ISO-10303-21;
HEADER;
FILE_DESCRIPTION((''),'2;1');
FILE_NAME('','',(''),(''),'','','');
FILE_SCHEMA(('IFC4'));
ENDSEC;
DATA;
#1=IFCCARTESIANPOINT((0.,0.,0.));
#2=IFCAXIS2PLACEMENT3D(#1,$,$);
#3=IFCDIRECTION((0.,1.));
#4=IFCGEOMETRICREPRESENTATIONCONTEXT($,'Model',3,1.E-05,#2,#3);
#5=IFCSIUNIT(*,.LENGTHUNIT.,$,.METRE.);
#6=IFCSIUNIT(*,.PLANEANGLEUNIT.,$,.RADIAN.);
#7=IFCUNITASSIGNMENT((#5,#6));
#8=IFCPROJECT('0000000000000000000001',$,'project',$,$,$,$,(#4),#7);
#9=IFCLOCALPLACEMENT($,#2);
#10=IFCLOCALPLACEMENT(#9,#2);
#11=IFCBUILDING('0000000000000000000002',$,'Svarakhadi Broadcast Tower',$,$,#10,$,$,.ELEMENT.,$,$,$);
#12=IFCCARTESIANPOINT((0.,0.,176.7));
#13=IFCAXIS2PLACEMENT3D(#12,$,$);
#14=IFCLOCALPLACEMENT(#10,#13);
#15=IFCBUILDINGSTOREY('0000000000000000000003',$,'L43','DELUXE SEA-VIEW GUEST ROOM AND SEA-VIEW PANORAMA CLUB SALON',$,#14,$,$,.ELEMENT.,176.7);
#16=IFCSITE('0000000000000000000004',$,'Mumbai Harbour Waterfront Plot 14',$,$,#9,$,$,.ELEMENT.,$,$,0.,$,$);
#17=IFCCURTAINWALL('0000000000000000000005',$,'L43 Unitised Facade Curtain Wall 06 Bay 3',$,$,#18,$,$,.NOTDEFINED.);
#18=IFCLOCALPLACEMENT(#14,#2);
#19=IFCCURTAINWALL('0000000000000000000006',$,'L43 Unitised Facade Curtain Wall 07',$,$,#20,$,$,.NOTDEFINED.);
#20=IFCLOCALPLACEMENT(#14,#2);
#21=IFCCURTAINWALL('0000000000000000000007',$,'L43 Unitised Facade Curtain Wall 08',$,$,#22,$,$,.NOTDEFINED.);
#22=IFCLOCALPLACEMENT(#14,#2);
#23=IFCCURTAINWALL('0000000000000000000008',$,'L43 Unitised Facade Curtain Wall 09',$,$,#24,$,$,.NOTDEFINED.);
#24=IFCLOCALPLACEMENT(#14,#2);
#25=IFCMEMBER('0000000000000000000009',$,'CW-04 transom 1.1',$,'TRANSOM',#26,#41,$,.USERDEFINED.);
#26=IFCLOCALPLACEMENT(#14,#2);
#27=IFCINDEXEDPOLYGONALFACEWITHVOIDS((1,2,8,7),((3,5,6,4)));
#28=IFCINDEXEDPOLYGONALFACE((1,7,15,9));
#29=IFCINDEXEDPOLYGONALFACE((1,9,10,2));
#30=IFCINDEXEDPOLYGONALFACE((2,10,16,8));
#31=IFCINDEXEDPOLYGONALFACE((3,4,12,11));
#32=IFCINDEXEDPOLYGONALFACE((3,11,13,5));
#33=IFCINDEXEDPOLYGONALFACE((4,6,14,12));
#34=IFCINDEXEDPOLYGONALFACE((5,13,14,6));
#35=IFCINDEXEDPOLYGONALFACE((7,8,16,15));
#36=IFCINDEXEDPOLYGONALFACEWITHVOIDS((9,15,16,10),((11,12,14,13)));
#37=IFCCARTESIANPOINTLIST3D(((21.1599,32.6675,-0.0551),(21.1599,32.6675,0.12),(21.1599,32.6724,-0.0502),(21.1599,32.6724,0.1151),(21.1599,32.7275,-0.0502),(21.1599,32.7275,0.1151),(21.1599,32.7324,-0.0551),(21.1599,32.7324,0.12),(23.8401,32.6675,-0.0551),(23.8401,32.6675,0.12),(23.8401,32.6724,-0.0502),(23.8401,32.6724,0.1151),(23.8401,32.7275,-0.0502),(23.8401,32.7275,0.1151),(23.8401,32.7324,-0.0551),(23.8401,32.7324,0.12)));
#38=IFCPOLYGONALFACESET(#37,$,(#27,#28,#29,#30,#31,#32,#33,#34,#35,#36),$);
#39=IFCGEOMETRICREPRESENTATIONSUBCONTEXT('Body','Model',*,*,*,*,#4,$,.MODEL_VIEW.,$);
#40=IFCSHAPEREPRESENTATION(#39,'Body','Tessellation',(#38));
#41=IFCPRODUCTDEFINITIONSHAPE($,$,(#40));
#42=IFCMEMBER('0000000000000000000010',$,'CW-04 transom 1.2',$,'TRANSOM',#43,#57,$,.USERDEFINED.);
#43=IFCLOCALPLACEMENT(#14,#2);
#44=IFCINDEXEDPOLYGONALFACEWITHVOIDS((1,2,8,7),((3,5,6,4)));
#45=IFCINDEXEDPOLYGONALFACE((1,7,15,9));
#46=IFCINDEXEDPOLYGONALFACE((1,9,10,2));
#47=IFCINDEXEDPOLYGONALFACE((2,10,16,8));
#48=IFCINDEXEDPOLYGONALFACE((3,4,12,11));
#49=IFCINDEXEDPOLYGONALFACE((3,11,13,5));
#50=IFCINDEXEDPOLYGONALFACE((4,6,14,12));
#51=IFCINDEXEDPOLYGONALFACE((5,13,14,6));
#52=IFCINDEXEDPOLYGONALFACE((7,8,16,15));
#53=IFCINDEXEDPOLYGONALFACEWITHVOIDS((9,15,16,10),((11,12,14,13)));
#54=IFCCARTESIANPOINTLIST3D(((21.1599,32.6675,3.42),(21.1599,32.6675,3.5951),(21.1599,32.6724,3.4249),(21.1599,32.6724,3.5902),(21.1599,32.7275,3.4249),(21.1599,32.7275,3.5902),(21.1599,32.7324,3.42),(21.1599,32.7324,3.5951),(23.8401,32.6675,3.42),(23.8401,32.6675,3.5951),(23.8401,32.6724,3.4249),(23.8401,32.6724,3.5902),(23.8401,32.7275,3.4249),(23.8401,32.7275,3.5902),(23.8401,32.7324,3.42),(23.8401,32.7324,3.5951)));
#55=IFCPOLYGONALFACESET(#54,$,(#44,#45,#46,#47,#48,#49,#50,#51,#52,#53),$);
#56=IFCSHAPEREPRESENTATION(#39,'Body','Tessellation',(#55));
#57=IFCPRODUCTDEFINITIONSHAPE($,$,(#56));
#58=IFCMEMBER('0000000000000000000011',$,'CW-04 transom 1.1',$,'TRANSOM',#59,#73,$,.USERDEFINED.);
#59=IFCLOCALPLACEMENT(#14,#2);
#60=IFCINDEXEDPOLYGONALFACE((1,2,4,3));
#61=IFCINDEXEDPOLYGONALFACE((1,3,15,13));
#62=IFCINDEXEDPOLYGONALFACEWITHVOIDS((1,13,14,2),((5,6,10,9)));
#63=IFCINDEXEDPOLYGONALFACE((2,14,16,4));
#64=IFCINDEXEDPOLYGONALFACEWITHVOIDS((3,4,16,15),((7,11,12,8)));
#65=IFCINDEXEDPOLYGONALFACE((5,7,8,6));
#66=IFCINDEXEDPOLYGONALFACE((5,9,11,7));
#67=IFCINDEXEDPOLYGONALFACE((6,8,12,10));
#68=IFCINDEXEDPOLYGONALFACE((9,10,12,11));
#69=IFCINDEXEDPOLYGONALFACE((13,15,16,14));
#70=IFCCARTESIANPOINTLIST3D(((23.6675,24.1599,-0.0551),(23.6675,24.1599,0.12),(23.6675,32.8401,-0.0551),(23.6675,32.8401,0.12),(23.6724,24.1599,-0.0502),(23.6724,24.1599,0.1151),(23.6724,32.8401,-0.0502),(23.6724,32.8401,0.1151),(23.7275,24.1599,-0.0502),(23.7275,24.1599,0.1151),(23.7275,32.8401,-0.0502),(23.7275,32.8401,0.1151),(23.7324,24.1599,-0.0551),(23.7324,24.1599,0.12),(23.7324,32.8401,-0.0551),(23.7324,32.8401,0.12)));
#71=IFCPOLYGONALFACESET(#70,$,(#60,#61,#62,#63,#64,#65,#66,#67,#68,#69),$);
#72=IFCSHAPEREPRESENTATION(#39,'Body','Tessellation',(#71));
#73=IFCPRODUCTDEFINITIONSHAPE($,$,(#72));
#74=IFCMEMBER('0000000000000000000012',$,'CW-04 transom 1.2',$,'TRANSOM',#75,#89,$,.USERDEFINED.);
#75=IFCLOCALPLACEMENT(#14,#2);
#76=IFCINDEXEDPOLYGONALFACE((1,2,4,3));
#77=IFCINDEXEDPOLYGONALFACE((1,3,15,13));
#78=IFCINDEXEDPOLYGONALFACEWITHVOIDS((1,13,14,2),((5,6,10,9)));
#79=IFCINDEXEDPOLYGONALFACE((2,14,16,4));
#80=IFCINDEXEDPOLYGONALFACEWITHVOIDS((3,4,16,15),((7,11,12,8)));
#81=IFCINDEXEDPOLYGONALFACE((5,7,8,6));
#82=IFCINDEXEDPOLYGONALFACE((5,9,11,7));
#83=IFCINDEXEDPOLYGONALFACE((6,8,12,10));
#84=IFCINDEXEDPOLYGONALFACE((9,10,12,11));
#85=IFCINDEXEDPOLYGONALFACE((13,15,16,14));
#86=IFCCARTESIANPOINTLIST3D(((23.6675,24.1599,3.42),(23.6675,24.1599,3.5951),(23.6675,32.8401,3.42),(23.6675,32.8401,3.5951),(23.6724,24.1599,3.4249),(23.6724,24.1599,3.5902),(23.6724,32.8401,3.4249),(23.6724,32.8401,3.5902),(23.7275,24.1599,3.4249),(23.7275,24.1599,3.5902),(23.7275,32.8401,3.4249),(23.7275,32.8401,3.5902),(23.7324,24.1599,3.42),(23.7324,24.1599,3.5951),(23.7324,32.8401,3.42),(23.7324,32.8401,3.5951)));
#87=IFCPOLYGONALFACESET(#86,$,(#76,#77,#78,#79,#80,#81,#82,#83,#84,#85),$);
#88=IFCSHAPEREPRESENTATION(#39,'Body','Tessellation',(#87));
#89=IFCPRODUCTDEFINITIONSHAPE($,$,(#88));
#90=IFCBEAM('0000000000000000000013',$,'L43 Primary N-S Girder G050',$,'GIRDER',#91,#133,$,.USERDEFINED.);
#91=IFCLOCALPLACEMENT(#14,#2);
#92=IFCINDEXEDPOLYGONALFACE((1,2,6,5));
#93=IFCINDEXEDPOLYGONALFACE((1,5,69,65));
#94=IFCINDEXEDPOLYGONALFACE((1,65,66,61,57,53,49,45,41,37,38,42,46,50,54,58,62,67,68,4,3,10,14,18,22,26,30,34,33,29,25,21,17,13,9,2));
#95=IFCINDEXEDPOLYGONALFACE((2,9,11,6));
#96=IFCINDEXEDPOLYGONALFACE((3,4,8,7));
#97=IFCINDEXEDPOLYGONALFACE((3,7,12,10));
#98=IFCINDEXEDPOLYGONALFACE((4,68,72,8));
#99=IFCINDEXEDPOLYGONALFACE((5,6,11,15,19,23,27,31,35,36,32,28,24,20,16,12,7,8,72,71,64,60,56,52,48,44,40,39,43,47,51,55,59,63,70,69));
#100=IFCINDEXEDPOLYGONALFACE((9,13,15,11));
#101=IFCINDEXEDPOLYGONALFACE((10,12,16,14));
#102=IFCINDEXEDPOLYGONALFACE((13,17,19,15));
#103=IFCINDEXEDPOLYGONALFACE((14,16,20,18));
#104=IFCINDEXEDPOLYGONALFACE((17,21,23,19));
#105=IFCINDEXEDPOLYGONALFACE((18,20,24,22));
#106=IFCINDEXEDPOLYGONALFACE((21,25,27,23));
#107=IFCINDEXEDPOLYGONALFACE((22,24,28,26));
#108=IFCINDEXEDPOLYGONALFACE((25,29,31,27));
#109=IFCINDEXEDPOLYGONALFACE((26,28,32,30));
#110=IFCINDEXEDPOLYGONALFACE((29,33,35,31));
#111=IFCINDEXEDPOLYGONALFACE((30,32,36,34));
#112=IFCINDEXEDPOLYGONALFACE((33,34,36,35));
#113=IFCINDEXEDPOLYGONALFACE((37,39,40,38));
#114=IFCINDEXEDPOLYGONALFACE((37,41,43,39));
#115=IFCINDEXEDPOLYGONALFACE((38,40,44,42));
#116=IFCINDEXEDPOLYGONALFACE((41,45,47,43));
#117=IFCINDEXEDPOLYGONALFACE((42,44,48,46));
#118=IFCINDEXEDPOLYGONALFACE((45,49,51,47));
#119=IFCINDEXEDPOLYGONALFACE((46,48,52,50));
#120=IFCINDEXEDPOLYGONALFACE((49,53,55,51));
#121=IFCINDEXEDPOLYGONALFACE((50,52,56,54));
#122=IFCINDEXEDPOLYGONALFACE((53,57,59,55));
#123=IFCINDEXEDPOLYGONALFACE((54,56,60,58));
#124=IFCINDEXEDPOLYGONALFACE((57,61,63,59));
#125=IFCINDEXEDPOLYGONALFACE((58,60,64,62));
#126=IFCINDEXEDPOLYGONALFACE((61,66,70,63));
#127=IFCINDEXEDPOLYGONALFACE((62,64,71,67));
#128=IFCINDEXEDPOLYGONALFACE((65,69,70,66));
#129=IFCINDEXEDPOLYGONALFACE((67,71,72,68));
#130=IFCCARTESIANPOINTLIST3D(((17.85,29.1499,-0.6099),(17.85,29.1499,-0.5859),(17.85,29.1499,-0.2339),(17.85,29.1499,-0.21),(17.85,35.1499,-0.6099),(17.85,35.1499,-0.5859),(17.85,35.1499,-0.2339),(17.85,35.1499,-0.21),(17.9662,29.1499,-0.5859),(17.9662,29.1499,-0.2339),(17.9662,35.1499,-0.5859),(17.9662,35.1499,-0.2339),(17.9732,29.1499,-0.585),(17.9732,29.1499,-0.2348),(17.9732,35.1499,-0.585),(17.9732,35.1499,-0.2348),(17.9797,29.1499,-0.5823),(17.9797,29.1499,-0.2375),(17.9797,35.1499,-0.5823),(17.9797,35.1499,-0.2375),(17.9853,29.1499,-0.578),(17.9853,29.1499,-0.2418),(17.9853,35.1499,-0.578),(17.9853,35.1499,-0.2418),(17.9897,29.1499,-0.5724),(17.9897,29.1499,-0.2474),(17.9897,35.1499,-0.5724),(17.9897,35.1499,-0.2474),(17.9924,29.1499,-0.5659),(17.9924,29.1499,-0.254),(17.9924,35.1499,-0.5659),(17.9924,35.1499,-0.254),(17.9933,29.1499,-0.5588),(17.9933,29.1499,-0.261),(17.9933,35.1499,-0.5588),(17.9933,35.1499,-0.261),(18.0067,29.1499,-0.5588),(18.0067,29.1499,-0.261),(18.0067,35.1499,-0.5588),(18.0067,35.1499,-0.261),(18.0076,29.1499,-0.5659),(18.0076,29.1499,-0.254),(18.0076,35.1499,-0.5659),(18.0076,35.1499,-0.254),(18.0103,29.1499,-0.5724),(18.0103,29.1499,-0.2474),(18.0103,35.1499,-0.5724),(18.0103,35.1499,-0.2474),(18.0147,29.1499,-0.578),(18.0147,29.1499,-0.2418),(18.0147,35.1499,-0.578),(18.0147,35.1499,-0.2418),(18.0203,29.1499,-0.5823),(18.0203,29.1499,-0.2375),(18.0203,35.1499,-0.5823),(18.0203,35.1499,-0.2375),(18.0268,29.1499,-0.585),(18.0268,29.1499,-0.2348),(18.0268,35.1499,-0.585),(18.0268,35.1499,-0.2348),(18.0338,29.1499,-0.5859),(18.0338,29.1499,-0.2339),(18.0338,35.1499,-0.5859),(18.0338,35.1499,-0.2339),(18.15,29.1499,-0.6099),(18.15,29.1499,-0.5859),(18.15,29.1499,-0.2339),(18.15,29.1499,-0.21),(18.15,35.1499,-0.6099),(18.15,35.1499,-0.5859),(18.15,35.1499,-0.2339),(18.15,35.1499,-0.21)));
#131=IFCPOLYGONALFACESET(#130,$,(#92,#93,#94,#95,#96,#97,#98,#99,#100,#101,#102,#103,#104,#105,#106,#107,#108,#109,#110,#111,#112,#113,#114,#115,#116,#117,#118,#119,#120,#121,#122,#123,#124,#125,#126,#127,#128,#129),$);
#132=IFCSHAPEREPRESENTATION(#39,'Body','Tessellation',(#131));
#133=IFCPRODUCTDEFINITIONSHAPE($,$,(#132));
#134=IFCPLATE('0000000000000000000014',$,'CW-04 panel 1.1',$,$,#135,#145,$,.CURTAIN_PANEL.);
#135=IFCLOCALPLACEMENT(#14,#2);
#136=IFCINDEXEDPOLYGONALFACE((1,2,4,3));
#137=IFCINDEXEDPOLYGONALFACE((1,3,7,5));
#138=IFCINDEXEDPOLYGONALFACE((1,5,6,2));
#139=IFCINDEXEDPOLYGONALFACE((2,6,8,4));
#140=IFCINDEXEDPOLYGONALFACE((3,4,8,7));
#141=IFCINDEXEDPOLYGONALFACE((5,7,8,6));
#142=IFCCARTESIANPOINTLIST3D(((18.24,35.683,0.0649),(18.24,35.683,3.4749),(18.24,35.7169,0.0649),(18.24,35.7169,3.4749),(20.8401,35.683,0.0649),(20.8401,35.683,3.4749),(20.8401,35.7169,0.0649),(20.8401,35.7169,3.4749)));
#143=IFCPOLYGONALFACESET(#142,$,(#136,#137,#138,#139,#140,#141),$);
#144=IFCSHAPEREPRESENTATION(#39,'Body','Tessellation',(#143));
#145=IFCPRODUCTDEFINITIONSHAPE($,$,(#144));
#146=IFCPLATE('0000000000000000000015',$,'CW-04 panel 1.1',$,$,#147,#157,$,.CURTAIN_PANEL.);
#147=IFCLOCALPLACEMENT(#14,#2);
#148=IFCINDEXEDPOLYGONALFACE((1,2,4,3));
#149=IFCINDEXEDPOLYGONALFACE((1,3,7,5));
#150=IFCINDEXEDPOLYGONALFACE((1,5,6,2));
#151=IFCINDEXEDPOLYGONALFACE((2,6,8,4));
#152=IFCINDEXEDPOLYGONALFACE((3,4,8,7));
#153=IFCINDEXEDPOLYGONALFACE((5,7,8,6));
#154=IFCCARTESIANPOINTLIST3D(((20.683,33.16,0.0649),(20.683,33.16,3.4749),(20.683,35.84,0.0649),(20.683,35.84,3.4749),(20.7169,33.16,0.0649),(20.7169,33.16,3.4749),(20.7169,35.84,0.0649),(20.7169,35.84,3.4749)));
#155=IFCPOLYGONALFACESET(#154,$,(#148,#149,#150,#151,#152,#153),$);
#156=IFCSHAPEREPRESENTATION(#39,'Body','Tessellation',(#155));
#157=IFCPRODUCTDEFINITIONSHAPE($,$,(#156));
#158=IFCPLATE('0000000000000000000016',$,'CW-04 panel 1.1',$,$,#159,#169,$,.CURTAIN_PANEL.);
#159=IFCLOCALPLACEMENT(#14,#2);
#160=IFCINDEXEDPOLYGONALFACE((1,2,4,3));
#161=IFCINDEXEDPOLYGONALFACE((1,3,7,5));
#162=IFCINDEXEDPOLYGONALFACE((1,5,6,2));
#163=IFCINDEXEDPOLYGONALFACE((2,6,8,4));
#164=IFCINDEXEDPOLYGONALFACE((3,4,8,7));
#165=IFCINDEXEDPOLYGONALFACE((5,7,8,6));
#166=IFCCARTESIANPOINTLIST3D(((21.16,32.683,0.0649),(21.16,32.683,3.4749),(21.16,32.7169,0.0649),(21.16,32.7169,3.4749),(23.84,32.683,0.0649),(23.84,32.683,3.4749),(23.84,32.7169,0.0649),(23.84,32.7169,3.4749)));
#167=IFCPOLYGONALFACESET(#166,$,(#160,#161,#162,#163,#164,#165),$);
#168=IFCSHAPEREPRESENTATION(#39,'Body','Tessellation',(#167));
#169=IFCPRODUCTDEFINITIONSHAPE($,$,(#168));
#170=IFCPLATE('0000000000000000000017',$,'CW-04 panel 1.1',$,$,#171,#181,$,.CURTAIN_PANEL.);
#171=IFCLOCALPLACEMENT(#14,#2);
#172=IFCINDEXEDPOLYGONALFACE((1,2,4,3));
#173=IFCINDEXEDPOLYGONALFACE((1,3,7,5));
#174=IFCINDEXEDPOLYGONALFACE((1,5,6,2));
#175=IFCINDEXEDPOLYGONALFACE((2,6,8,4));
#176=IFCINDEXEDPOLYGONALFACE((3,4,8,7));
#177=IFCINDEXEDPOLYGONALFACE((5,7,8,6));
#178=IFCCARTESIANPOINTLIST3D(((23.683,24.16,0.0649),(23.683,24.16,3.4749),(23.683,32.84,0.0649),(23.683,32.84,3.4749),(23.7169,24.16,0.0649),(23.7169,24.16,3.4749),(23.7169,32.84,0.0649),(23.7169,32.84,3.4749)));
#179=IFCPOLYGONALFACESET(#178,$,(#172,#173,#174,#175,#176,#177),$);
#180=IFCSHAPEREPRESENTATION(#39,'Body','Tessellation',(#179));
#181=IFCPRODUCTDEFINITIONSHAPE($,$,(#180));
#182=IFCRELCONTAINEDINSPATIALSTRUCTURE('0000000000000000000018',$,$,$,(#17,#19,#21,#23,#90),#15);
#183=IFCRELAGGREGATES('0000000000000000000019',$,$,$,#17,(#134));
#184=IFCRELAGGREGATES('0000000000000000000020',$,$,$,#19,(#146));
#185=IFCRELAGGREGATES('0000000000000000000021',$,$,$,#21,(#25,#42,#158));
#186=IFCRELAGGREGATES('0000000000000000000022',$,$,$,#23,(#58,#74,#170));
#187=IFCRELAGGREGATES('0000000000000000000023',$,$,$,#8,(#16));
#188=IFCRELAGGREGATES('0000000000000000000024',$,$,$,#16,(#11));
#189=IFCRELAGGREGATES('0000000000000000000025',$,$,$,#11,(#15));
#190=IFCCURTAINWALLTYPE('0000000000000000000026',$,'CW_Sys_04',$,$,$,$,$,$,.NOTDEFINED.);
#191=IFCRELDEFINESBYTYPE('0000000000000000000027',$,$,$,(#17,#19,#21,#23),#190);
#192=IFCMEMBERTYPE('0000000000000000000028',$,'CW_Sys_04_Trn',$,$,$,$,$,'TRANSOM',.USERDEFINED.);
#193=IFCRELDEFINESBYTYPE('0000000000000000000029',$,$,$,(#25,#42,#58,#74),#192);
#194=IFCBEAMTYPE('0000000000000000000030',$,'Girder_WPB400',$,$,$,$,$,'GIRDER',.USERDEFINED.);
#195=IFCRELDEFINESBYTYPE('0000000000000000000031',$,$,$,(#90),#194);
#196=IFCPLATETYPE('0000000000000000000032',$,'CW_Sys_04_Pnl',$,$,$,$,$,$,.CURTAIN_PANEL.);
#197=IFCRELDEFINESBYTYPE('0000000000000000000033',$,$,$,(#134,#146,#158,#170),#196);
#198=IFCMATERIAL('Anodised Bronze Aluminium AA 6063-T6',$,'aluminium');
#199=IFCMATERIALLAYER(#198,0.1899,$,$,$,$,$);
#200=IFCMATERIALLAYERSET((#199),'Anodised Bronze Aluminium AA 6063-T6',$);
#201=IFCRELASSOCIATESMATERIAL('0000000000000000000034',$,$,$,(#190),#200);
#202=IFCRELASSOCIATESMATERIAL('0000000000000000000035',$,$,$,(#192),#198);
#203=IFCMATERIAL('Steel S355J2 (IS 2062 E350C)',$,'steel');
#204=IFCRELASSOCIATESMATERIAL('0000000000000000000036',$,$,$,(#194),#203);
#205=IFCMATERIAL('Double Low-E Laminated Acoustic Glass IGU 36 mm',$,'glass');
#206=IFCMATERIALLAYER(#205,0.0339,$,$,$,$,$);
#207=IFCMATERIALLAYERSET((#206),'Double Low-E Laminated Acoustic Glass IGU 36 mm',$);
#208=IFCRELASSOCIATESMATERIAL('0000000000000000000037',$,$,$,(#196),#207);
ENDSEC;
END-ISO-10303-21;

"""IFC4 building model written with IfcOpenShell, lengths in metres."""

from ifc_helpers import new_model, si_unit, direction, frame, origin, origin_2d, place, context, subcontext, project, spatial, rectangle, hollow_rectangle, i_section, extrude, material, layer, layer_set, material_profile, profile_set, type_object, element, aggregate, save


model = new_model("IFC4")

# Units and contexts
model_context = context("Model", 3, precision=1e-05, world=origin(), true_north=direction((0.0, 1.0)))
body_context = subcontext(model_context, "Body", "Model", "MODEL_VIEW")
ifc_project = project(units=[si_unit("LENGTHUNIT", "METRE"), si_unit("PLANEANGLEUNIT", "RADIAN")], contexts=[model_context])

# Site, building, storey
site_placement = place(None, origin())
site = spatial("IfcSite", under=ifc_project, at=site_placement, Name="Mumbai Harbour Waterfront Plot 14", CompositionType="ELEMENT", RefElevation=0.0)
building_placement = place(site_placement, origin())
building = spatial("IfcBuilding", under=site, at=building_placement, Name="Svarakhadi Broadcast Tower", CompositionType="ELEMENT")
storey_placement = place(building_placement, frame((0.0, 0.0, 176.7)))
storey = spatial("IfcBuildingStorey", under=building, at=storey_placement, Name="L43", Description="DELUXE SEA-VIEW GUEST ROOM AND SEA-VIEW PANORAMA CLUB SALON", CompositionType="ELEMENT", Elevation=176.7)

# Curtain walls
ifc_material_1 = material(Name="Anodised Bronze Aluminium AA 6063-T6", Category="aluminium")
ifc_layer_1 = layer(ifc_material_1, 0.1899)
ifc_layer_set_1 = layer_set([ifc_layer_1], Name="Anodised Bronze Aluminium AA 6063-T6")
curtain_wall_type = type_object("IfcCurtainWallType", Name="CW_Sys_04", PredefinedType="NOTDEFINED", material=ifc_layer_set_1)
curtain_wall_1_placement = place(storey_placement, origin())
curtain_wall_1 = element("IfcCurtainWall", 1, at=curtain_wall_1_placement, inside=storey, type_object=curtain_wall_type, Name="L43 Unitised Facade Curtain Wall 06 Bay 3", PredefinedType="NOTDEFINED")
curtain_wall_2_placement = place(storey_placement, origin())
curtain_wall_2 = element("IfcCurtainWall", 2, at=curtain_wall_2_placement, inside=storey, type_object=curtain_wall_type, Name="L43 Unitised Facade Curtain Wall 07", PredefinedType="NOTDEFINED")
curtain_wall_3_placement = place(storey_placement, origin())
curtain_wall_3 = element("IfcCurtainWall", 3, at=curtain_wall_3_placement, inside=storey, type_object=curtain_wall_type, Name="L43 Unitised Facade Curtain Wall 08", PredefinedType="NOTDEFINED")

# Curtain wall
curtain_wall_4_placement = place(storey_placement, origin())
curtain_wall_4 = element("IfcCurtainWall", 4, at=curtain_wall_4_placement, inside=storey, type_object=curtain_wall_type, Name="L43 Unitised Facade Curtain Wall 09", PredefinedType="NOTDEFINED")

# Members
ifc_material_profile_1 = material_profile(ifc_material_1, hollow_rectangle(XDim=0.0649, YDim=0.175, WallThickness=0.0049, at=origin_2d()), Name="ALU TRANSOM 175x65x5")
ifc_profile_set_1 = profile_set([ifc_material_profile_1], Name="Anodised Bronze Aluminium AA 6063-T6")
member_type_1 = type_object("IfcMemberType", Name="CW_Sys_04_Trn", ElementType="TRANSOM", PredefinedType="USERDEFINED", material=ifc_profile_set_1)
member_1_placement = place(storey_placement, frame((21.1599, 32.7, 0.0325), z_axis=(1.0, 0.0, 0.0), x_axis=(0.0, 1.0, 0.0)))
member_1 = element("IfcMember", 5, at=member_1_placement, type_object=member_type_1, Name="CW-04 transom 1.1", ObjectType="TRANSOM", PredefinedType="USERDEFINED", context=body_context, shape_type="SweptSolid", body=[
    extrude(hollow_rectangle(XDim=0.0649, YDim=0.175, WallThickness=0.0049, at=origin_2d()), origin(), (0.0, 0.0, 1.0), 2.6802),
])
member_2_placement = place(storey_placement, frame((21.1599, 32.7, 3.5076), z_axis=(1.0, 0.0, 0.0), x_axis=(0.0, 1.0, 0.0)))
member_2 = element("IfcMember", 6, at=member_2_placement, type_object=member_type_1, Name="CW-04 transom 1.2", ObjectType="TRANSOM", PredefinedType="USERDEFINED", context=body_context, shape_type="SweptSolid", body=[
    extrude(hollow_rectangle(XDim=0.0649, YDim=0.175, WallThickness=0.0049, at=origin_2d()), origin(), (0.0, 0.0, 1.0), 2.6802),
])
member_3_placement = place(storey_placement, frame((23.7, 32.8401, 0.0325), z_axis=(0.0, -1.0, 0.0), x_axis=(1.0, 0.0, 0.0)))
member_3 = element("IfcMember", 7, at=member_3_placement, type_object=member_type_1, Name="CW-04 transom 1.1", ObjectType="TRANSOM", PredefinedType="USERDEFINED", context=body_context, shape_type="SweptSolid", body=[
    extrude(hollow_rectangle(XDim=0.0649, YDim=0.175, WallThickness=0.0049, at=origin_2d()), origin(), (0.0, 0.0, 1.0), 8.6802),
])
member_4_placement = place(storey_placement, frame((23.7, 32.8401, 3.5076), z_axis=(0.0, -1.0, 0.0), x_axis=(1.0, 0.0, 0.0)))
member_4 = element("IfcMember", 8, at=member_4_placement, type_object=member_type_1, Name="CW-04 transom 1.2", ObjectType="TRANSOM", PredefinedType="USERDEFINED", context=body_context, shape_type="SweptSolid", body=[
    extrude(hollow_rectangle(XDim=0.0649, YDim=0.175, WallThickness=0.0049, at=origin_2d()), origin(), (0.0, 0.0, 1.0), 8.6802),
])

# Beam
ifc_material_2 = material(Name="Steel S355J2 (IS 2062 E350C)", Category="steel")
ifc_material_profile_2 = material_profile(ifc_material_2, i_section(OverallWidth=0.3, OverallDepth=0.3999, WebThickness=0.0134, FlangeThickness=0.0239, FilletRadius=0.0271, at=origin_2d()), Name="WPB 400x300x155")
ifc_profile_set_2 = profile_set([ifc_material_profile_2], Name="Steel S355J2 (IS 2062 E350C)")
beam_type = type_object("IfcBeamType", Name="Girder_WPB400", ElementType="GIRDER", PredefinedType="USERDEFINED", material=ifc_profile_set_2)
beam_placement = place(storey_placement, frame((18.0, 29.1499, -0.4099), z_axis=(0.0, 1.0, 0.0), x_axis=(-1.0, 0.0, 0.0)))
element("IfcBeam", 9, at=beam_placement, inside=storey, type_object=beam_type, Name="L43 Primary N-S Girder G050", ObjectType="GIRDER", PredefinedType="USERDEFINED", context=body_context, shape_type="SweptSolid", body=[
    extrude(i_section(OverallWidth=0.3, OverallDepth=0.3999, WebThickness=0.0134, FlangeThickness=0.0239, FilletRadius=0.0271, at=origin_2d()), origin(), (0.0, 0.0, 1.0), 6.0),
])

# Plates
ifc_material_3 = material(Name="Double Low-E Laminated Acoustic Glass IGU 36 mm", Category="glass")
ifc_layer_2 = layer(ifc_material_3, 0.0339)
ifc_layer_set_2 = layer_set([ifc_layer_2], Name="Double Low-E Laminated Acoustic Glass IGU 36 mm")
plate_type = type_object("IfcPlateType", Name="CW_Sys_04_Pnl", PredefinedType="CURTAIN_PANEL", material=ifc_layer_set_2)
plate_1_placement = place(storey_placement, frame((19.54, 35.7, 0.0649), z_axis=(0.0, 0.0, 1.0), x_axis=(1.0, 0.0, 0.0)))
plate_1 = element("IfcPlate", 10, at=plate_1_placement, type_object=plate_type, Name="CW-04 panel 1.1", PredefinedType="CURTAIN_PANEL", context=body_context, shape_type="SweptSolid", body=[
    extrude(rectangle(XDim=2.6001, YDim=0.0339, at=origin_2d()), origin(), (0.0, 0.0, 1.0), 3.4099),
])
aggregate(curtain_wall_1, [plate_1])
plate_2_placement = place(storey_placement, frame((20.7, 34.5, 0.0649), z_axis=(0.0, 0.0, 1.0), x_axis=(0.0, -1.0, 0.0)))
plate_2 = element("IfcPlate", 11, at=plate_2_placement, type_object=plate_type, Name="CW-04 panel 1.1", PredefinedType="CURTAIN_PANEL", context=body_context, shape_type="SweptSolid", body=[
    extrude(rectangle(XDim=2.6799, YDim=0.0339, at=origin_2d()), origin(), (0.0, 0.0, 1.0), 3.4099),
])
aggregate(curtain_wall_2, [plate_2])
plate_3_placement = place(storey_placement, frame((22.5, 32.7, 0.0649), z_axis=(0.0, 0.0, 1.0), x_axis=(1.0, 0.0, 0.0)))
plate_3 = element("IfcPlate", 12, at=plate_3_placement, type_object=plate_type, Name="CW-04 panel 1.1", PredefinedType="CURTAIN_PANEL", context=body_context, shape_type="SweptSolid", body=[
    extrude(rectangle(XDim=2.6799, YDim=0.0339, at=origin_2d()), origin(), (0.0, 0.0, 1.0), 3.4099),
])
aggregate(curtain_wall_3, [member_1, member_2, plate_3])
plate_4_placement = place(storey_placement, frame((23.7, 28.5, 0.0649), z_axis=(0.0, 0.0, 1.0), x_axis=(0.0, -1.0, 0.0)))
plate_4 = element("IfcPlate", 13, at=plate_4_placement, type_object=plate_type, Name="CW-04 panel 1.1", PredefinedType="CURTAIN_PANEL", context=body_context, shape_type="SweptSolid", body=[
    extrude(rectangle(XDim=8.6799, YDim=0.0339, at=origin_2d()), origin(), (0.0, 0.0, 1.0), 3.4099),
])
aggregate(curtain_wall_4, [member_3, member_4, plate_4])

save(model, "model.ifc")
